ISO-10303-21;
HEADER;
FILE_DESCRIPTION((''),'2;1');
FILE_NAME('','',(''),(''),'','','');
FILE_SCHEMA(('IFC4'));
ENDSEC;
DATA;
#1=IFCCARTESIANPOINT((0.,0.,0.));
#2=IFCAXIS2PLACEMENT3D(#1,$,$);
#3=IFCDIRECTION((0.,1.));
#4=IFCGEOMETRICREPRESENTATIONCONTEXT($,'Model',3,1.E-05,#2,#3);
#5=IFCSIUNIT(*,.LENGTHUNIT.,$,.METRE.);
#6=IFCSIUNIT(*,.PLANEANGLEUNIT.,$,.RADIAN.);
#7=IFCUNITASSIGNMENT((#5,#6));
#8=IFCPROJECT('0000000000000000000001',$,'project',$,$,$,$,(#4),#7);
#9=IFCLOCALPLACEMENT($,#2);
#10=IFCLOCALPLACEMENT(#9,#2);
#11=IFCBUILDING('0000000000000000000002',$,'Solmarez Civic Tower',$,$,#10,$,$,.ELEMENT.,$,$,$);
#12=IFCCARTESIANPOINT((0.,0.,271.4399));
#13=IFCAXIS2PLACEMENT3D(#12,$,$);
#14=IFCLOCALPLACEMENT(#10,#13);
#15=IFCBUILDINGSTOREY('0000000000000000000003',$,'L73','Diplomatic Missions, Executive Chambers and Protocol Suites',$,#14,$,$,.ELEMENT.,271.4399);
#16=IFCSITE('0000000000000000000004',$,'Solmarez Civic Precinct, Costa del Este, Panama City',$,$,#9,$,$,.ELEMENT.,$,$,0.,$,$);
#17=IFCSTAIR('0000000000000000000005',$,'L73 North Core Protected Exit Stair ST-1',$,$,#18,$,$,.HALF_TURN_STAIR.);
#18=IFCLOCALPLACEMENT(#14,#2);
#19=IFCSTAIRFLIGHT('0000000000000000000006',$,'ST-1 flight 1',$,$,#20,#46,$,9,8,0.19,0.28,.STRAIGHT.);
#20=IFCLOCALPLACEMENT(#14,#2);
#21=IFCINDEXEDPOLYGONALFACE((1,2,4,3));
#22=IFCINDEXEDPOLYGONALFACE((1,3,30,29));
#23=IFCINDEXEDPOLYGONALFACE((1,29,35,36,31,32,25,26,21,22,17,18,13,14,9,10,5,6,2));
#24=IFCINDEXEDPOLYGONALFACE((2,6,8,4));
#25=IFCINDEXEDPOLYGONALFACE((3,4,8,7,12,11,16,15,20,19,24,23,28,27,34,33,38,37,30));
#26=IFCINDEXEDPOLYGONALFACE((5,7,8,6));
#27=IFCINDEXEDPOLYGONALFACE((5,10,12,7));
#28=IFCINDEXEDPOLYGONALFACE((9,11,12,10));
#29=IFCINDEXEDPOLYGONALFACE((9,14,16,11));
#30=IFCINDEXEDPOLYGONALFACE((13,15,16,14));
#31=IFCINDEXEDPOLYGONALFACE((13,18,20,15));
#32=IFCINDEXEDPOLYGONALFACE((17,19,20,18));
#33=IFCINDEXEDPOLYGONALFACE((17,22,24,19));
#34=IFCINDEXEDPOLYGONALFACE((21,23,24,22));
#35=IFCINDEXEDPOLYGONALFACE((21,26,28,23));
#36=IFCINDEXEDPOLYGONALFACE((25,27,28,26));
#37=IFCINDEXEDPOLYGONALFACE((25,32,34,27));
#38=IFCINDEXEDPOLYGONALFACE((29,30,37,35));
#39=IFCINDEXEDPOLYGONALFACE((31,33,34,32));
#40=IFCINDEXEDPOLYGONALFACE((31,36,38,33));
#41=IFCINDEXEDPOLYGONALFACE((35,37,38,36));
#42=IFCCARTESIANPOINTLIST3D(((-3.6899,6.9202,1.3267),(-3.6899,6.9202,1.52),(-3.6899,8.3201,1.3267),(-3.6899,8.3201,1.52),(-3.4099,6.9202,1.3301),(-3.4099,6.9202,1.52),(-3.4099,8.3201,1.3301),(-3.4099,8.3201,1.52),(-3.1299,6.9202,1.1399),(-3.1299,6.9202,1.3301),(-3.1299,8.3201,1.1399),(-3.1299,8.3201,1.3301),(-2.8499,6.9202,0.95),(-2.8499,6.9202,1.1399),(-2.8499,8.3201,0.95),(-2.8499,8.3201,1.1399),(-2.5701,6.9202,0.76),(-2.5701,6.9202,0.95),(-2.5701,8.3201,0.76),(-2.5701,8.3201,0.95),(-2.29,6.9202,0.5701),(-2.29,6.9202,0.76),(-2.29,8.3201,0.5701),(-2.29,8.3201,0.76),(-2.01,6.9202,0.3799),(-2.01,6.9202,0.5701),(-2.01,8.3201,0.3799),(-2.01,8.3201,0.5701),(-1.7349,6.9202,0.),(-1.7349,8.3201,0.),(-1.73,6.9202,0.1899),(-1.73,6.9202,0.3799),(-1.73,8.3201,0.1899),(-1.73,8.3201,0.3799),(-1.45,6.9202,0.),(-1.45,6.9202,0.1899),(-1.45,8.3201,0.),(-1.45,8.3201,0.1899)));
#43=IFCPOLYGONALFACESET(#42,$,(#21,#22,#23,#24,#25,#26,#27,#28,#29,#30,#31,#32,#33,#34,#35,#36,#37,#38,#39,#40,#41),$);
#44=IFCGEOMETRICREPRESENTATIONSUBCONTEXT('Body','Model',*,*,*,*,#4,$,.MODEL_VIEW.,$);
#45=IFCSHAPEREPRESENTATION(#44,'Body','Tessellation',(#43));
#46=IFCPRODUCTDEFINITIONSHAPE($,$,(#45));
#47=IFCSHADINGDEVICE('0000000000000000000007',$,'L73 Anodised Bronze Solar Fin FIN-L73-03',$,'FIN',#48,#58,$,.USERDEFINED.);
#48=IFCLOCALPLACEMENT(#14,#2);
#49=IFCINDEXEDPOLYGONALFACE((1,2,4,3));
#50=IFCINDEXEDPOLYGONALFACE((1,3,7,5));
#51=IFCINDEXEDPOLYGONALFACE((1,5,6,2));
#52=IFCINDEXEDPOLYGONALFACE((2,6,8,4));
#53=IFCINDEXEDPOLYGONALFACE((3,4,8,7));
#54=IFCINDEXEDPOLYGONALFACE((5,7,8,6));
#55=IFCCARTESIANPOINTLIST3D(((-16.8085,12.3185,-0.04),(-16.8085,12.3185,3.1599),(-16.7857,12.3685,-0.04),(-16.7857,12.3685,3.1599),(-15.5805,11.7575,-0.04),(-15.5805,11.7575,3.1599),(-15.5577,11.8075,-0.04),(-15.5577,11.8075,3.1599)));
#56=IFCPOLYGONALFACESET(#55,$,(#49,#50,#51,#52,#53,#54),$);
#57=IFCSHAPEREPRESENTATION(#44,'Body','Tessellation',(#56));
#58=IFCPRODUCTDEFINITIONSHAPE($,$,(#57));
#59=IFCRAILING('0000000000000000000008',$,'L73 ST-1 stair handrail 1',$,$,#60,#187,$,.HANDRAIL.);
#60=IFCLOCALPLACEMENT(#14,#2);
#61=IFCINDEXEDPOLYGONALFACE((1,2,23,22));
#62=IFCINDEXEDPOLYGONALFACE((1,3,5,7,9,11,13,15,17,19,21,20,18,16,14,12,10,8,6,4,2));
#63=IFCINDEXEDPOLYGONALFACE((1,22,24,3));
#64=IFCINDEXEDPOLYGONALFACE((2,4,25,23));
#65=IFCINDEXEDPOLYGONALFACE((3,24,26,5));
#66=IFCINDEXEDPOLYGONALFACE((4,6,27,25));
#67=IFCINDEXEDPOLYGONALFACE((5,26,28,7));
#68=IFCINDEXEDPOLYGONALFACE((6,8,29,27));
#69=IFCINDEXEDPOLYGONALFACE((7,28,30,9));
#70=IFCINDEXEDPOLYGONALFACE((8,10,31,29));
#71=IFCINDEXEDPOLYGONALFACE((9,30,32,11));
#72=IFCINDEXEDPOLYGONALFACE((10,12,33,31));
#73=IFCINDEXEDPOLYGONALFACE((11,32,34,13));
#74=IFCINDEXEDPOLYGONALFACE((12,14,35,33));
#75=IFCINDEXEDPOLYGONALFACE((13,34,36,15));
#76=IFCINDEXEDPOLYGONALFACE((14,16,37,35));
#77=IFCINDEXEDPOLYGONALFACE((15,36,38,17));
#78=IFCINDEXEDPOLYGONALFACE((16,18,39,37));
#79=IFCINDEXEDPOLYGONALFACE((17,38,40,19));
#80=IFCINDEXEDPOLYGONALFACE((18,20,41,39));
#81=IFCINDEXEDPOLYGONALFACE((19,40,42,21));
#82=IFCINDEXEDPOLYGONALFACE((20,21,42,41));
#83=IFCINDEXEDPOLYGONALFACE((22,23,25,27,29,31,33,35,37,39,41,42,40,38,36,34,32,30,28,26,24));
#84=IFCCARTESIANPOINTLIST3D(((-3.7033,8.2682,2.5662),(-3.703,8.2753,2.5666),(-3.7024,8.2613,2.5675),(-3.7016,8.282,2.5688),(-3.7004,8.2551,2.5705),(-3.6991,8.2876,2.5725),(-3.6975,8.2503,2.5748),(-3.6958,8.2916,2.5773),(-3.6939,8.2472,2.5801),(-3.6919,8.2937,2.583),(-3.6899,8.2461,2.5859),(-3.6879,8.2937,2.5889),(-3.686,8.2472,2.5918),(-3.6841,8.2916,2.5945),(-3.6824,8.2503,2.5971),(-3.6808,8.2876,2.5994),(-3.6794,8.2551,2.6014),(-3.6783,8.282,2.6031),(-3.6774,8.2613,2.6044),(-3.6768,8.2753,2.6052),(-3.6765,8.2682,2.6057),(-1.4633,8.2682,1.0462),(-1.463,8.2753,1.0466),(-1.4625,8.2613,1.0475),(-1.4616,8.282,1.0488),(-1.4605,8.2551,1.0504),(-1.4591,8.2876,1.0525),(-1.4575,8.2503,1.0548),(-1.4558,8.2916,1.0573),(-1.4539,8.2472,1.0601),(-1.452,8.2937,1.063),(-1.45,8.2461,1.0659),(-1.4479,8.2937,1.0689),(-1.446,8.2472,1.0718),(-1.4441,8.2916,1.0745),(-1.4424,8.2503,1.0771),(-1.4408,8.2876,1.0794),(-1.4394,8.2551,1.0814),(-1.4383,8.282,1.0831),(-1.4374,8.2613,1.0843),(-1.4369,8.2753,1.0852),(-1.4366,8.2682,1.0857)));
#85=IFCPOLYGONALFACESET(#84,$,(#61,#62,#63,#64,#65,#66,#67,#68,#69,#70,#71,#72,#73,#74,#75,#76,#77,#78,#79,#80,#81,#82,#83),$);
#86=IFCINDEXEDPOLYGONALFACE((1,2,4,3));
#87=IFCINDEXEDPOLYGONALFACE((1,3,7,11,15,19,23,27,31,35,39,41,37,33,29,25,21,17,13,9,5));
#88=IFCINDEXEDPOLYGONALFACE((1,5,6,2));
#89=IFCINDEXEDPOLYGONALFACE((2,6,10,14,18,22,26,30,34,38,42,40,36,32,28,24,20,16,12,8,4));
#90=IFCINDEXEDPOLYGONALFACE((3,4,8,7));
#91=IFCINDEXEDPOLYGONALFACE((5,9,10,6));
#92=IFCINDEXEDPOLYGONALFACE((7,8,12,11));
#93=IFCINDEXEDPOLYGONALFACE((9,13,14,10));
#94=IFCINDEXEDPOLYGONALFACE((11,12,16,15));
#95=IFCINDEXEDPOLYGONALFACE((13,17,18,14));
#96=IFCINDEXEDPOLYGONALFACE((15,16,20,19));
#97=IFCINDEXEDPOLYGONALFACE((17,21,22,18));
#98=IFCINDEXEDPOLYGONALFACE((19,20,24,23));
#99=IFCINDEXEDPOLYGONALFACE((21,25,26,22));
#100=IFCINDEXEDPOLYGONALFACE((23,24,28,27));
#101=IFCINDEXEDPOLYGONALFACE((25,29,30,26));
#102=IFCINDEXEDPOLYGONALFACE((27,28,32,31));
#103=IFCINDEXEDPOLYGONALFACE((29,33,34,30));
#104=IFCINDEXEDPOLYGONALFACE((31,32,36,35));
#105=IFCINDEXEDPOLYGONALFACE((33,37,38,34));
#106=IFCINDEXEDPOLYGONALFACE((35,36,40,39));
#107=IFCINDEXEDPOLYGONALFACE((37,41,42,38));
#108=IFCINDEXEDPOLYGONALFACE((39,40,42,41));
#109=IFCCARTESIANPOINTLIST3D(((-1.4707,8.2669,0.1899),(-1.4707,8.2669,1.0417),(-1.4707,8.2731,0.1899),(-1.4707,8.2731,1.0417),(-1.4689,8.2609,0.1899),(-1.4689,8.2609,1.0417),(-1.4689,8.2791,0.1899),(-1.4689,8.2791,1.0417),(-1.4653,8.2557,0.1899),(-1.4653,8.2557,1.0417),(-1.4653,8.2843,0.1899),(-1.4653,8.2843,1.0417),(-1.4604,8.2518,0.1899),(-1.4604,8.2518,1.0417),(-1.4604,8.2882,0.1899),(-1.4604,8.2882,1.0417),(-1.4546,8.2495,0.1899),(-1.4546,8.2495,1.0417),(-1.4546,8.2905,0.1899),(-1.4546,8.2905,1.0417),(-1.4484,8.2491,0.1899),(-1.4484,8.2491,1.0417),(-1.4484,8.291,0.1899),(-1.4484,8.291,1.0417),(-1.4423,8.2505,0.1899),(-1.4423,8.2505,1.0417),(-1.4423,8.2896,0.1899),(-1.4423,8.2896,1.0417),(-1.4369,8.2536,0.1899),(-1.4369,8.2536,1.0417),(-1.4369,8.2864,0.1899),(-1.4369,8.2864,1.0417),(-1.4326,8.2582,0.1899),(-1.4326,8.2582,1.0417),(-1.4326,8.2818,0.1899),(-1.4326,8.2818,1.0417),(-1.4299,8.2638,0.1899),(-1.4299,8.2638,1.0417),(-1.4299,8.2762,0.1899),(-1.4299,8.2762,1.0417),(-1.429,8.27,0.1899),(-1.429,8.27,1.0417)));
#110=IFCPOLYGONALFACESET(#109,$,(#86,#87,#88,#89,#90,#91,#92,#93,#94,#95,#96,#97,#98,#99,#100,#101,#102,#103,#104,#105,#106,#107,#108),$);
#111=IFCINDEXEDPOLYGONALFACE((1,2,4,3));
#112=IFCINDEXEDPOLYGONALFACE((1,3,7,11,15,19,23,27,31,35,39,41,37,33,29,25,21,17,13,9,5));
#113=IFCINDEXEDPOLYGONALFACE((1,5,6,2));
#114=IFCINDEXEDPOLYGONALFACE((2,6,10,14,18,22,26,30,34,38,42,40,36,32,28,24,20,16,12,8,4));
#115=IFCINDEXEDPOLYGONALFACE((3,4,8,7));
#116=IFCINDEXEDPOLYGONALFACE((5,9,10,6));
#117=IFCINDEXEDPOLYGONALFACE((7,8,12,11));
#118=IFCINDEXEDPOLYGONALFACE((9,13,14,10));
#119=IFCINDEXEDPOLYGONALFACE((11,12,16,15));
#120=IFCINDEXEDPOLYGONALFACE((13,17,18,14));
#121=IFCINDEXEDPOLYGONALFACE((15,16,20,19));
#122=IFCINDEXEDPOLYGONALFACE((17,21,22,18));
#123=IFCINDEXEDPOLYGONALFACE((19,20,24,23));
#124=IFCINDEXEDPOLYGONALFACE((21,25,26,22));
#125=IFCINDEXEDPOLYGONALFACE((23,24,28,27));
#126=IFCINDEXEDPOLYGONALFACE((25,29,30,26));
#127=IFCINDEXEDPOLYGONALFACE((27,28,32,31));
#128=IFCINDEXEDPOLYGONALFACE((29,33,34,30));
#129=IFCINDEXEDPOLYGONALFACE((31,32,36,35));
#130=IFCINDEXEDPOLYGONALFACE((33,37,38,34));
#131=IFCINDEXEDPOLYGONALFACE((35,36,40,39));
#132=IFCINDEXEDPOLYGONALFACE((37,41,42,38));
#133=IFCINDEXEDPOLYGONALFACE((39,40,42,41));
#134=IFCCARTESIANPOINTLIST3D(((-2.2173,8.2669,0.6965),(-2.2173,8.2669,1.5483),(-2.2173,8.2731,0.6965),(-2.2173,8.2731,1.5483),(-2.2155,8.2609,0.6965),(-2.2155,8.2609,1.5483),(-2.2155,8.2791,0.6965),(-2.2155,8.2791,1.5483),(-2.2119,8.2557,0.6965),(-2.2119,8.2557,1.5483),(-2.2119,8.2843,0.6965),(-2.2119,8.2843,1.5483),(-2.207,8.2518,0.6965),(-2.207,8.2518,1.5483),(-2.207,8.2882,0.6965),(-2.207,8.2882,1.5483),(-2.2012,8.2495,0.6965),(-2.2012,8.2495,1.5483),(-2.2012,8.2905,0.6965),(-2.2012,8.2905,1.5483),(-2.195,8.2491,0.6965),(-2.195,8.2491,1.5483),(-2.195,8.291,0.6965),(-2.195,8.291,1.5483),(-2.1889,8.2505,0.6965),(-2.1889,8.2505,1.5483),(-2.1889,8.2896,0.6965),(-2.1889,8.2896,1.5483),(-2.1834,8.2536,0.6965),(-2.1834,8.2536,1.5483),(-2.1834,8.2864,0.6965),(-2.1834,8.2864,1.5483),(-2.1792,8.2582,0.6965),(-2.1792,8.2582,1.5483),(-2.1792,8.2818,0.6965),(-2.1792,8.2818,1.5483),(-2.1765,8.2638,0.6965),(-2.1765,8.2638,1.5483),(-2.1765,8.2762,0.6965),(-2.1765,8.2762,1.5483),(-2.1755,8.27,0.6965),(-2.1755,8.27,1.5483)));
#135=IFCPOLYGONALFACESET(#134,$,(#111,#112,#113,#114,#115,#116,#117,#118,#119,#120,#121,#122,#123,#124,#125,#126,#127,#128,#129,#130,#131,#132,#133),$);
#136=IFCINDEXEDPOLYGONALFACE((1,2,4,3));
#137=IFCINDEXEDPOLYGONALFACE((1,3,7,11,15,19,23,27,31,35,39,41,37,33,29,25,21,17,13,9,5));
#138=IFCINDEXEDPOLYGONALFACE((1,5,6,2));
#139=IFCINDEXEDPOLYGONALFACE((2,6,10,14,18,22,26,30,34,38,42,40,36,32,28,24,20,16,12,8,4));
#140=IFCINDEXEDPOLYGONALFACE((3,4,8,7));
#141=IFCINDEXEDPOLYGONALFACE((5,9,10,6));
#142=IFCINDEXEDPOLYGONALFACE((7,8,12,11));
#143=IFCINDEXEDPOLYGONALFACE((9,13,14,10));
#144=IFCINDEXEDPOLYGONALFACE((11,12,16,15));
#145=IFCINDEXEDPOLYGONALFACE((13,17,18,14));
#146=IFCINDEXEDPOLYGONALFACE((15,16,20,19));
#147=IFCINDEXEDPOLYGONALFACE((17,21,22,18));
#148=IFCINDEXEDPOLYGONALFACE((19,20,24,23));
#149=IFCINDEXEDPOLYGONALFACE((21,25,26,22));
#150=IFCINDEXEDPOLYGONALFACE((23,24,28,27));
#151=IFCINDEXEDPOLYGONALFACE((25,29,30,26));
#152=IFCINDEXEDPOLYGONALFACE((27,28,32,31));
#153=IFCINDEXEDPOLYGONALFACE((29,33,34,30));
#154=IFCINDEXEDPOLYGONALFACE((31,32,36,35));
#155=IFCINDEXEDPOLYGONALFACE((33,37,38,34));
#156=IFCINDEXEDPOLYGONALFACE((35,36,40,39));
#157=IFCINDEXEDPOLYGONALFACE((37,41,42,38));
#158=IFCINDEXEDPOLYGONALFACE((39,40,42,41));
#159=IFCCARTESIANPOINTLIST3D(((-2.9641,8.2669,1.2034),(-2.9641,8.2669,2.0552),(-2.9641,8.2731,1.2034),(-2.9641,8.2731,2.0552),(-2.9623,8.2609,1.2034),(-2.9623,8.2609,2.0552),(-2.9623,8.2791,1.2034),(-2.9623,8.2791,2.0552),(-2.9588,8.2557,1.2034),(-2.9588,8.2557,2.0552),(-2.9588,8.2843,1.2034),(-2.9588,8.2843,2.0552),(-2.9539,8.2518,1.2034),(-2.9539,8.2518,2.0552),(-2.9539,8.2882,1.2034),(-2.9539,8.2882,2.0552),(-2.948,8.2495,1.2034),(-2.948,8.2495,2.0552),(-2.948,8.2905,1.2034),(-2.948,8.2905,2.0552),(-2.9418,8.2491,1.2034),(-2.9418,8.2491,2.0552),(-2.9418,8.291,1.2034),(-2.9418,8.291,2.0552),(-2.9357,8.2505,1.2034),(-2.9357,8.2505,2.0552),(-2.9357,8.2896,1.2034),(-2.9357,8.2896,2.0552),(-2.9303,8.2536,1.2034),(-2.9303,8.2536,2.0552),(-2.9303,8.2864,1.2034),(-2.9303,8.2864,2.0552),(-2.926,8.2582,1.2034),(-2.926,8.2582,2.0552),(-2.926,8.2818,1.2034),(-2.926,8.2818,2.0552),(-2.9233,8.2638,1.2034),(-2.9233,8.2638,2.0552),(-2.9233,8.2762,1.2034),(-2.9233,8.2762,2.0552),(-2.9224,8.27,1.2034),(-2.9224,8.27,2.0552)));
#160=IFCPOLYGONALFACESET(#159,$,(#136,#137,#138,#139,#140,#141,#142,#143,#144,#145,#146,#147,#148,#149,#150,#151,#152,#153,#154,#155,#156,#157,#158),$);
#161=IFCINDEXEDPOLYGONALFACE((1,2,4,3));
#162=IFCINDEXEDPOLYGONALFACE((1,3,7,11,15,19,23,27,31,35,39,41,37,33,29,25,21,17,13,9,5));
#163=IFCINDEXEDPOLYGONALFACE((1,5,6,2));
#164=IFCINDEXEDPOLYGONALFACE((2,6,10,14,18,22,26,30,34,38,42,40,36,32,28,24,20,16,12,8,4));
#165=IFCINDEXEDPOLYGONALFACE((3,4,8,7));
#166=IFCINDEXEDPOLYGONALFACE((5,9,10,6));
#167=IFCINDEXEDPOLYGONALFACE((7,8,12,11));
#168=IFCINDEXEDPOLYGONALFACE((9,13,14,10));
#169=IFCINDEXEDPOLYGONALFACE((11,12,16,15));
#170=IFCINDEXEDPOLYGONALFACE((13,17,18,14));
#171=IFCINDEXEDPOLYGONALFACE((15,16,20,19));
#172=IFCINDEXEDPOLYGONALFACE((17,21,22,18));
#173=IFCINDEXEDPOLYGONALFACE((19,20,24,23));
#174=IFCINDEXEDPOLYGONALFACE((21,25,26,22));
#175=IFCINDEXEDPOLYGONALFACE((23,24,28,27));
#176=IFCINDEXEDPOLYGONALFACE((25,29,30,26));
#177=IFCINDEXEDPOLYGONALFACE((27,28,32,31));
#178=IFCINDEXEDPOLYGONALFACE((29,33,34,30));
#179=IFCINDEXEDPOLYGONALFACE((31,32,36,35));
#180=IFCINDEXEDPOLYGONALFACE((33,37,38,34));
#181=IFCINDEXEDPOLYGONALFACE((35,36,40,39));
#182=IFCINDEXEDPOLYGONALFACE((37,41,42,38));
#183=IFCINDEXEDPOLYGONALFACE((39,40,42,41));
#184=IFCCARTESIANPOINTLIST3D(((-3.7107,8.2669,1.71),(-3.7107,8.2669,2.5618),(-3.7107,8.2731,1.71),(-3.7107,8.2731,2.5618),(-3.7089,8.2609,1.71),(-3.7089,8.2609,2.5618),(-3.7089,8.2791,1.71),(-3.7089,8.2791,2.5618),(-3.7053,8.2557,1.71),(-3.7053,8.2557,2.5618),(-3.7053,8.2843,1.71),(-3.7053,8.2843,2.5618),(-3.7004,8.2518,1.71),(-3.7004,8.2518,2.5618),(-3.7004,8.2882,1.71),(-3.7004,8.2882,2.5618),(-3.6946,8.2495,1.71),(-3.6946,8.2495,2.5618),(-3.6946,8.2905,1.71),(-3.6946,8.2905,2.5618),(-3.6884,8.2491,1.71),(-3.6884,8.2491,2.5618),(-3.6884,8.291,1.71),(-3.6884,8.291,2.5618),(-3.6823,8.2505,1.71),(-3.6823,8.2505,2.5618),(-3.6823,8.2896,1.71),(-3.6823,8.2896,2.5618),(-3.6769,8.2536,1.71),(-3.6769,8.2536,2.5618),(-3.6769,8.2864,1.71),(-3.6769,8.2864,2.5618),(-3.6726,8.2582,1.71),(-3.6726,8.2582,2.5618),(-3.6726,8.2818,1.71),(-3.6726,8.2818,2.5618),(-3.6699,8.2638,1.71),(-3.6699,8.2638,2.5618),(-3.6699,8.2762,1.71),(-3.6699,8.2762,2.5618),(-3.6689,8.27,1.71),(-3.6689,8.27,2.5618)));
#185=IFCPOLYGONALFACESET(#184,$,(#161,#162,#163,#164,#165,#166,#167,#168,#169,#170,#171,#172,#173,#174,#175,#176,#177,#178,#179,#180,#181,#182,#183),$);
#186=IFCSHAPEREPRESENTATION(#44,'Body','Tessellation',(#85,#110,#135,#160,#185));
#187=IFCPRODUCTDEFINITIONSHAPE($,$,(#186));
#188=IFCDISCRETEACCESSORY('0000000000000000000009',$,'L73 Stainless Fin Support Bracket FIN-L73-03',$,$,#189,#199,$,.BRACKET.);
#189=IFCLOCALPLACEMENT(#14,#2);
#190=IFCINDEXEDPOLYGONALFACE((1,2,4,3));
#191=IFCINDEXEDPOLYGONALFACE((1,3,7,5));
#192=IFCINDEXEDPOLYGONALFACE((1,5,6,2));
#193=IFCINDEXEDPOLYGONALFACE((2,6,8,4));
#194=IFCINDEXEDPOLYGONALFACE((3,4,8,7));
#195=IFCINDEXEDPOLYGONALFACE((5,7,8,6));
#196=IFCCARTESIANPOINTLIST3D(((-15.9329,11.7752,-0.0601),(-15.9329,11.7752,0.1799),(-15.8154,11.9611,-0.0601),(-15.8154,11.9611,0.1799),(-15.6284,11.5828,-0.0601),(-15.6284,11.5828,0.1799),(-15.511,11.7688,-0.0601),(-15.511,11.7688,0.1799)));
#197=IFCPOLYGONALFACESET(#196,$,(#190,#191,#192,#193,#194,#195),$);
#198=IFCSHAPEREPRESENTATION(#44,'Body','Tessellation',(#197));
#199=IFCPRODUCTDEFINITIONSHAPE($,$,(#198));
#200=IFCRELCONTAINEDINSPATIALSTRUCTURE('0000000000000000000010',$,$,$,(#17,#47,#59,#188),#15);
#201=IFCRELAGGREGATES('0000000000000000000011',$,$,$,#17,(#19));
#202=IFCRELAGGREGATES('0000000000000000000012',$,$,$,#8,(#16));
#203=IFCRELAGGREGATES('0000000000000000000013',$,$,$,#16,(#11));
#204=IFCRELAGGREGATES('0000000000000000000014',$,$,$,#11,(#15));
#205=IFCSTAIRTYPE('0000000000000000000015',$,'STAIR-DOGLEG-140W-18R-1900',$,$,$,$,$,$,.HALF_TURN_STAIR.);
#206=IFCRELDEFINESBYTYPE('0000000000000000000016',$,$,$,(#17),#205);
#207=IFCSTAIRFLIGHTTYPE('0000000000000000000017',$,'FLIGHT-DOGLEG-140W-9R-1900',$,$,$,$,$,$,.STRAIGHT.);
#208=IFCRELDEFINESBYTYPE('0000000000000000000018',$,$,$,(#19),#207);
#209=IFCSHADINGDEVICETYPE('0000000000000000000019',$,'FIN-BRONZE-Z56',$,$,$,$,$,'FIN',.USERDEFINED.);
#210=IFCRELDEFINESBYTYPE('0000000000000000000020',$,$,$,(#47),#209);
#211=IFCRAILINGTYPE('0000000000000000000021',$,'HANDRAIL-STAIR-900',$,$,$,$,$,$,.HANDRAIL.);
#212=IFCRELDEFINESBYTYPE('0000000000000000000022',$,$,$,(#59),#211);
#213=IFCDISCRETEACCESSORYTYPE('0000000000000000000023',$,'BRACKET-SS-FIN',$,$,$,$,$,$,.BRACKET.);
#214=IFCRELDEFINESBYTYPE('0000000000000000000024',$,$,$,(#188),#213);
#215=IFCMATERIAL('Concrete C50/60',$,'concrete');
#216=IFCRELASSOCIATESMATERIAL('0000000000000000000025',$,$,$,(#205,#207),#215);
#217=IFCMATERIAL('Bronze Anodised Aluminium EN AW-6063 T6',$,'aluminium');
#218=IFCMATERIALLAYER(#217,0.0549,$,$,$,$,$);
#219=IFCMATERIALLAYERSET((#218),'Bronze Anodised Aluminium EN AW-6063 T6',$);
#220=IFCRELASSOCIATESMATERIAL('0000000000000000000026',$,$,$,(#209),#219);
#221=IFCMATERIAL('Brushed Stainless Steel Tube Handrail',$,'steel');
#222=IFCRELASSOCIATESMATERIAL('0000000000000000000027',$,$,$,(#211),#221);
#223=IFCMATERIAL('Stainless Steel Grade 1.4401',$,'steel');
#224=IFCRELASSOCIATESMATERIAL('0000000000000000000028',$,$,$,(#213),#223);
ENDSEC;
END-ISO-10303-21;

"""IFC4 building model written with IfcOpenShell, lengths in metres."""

from ifc_helpers import new_model, si_unit, direction, frame, origin, origin_2d, place, context, subcontext, project, spatial, polyline, rectangle, circle, outline, extrude, material, layer, layer_set, type_object, element, aggregate, save


model = new_model("IFC4")

# Units and contexts
model_context = context("Model", 3, precision=1e-05, world=origin(), true_north=direction((0.0, 1.0)))
body_context = subcontext(model_context, "Body", "Model", "MODEL_VIEW")
ifc_project = project(units=[si_unit("LENGTHUNIT", "METRE"), si_unit("PLANEANGLEUNIT", "RADIAN")], contexts=[model_context])

# Site, building, storey
site_placement = place(None, origin())
site = spatial("IfcSite", under=ifc_project, at=site_placement, Name="Solmarez Civic Precinct, Costa del Este, Panama City", CompositionType="ELEMENT", RefElevation=0.0)
building_placement = place(site_placement, origin())
building = spatial("IfcBuilding", under=site, at=building_placement, Name="Solmarez Civic Tower", CompositionType="ELEMENT")
storey_placement = place(building_placement, frame((0.0, 0.0, 271.4399)))
storey = spatial("IfcBuildingStorey", under=building, at=storey_placement, Name="L73", Description="Diplomatic Missions, Executive Chambers and Protocol Suites", CompositionType="ELEMENT", Elevation=271.4399)

# Shared definitions
ifc_material_1 = material(Name="Concrete C50/60", Category="concrete")

# Stair, stair flight
stair_type = type_object("IfcStairType", Name="STAIR-DOGLEG-140W-18R-1900", PredefinedType="HALF_TURN_STAIR", material=ifc_material_1)
stair_placement = place(storey_placement, origin())
stair = element("IfcStair", 1, at=stair_placement, inside=storey, type_object=stair_type, Name="L73 North Core Protected Exit Stair ST-1", PredefinedType="HALF_TURN_STAIR")
stair_flight_type = type_object("IfcStairFlightType", Name="FLIGHT-DOGLEG-140W-9R-1900", PredefinedType="STRAIGHT", material=ifc_material_1)
stair_flight_placement = place(storey_placement, frame((-1.45, 7.6201, 0.0), z_axis=(0.0, 0.0, 1.0), x_axis=(-1.0, 0.0, 0.0)))
stair_flight = element("IfcStairFlight", 2, at=stair_flight_placement, type_object=stair_flight_type, Name="ST-1 flight 1", NumberOfRisers=9, NumberOfTreads=8, PredefinedType="STRAIGHT", RiserHeight=0.19, TreadLength=0.28, context=body_context, shape_type="SweptSolid", body=[
    extrude(outline(polyline([(0.0, 0.0), (0.0, 0.1899), (0.28, 0.1899), (0.28, 0.3799), (0.5601, 0.3799), (0.5601, 0.5701), (0.8401, 0.5701), (0.8401, 0.76), (1.1201, 0.76), (1.1201, 0.95), (1.3999, 0.95), (1.3999, 1.1399), (1.6799, 1.1399), (1.6799, 1.3301), (1.96, 1.3301), (1.96, 1.52), (2.24, 1.52), (2.24, 1.71), (2.24, 1.3267), (0.2849, 0.0), (0.0, 0.0)])), frame((0.0, 0.7, 0.0), z_axis=(0.0, -1.0, 0.0), x_axis=(1.0, 0.0, 0.0)), (0.0, 0.0, 1.0), 1.3999),
])
aggregate(stair, [stair_flight])

# Shading device
ifc_material_2 = material(Name="Bronze Anodised Aluminium EN AW-6063 T6", Category="aluminium")
ifc_layer_1 = layer(ifc_material_2, 0.0549)
ifc_layer_set_1 = layer_set([ifc_layer_1], Name="Bronze Anodised Aluminium EN AW-6063 T6")
shading_device_type = type_object("IfcShadingDeviceType", Name="FIN-BRONZE-Z56", ElementType="FIN", PredefinedType="USERDEFINED", material=ifc_layer_set_1)
shading_device_placement = place(storey_placement, frame((-16.1831, 12.063, -0.04), z_axis=(0.0, 0.0, 1.0), x_axis=(-0.909585, 0.415519, 0.0)))
element("IfcShadingDevice", 3, at=shading_device_placement, inside=storey, type_object=shading_device_type, Name="L73 Anodised Bronze Solar Fin FIN-L73-03", ObjectType="FIN", PredefinedType="USERDEFINED", context=body_context, shape_type="SweptSolid", body=[
    extrude(rectangle(XDim=1.3501, YDim=0.0549, at=origin_2d()), origin(), (0.0, 0.0, 1.0), 3.2),
])

# Railing
ifc_material_3 = material(Name="Brushed Stainless Steel Tube Handrail", Category="steel")
railing_type = type_object("IfcRailingType", Name="HANDRAIL-STAIR-900", PredefinedType="HANDRAIL", material=ifc_material_3)
railing_placement = place(storey_placement, frame((-1.45, 8.27, 0.1899)))
element("IfcRailing", 4, at=railing_placement, inside=storey, type_object=railing_type, Name="L73 ST-1 stair handrail 1", PredefinedType="HANDRAIL", context=body_context, shape_type="SweptSolid", body=[
    extrude(circle(Radius=0.0239, at=origin_2d()), frame((0.0, 0.0, 0.876), z_axis=(-0.827471, 0.0, 0.561508), x_axis=(0.0, -1.0, 0.0)), (0.0, 0.0, 1.0), 2.707),
    extrude(circle(Radius=0.021, at=origin_2d()), origin(), (0.0, 0.0, 1.0), 0.8518),
    extrude(circle(Radius=0.021, at=origin_2d()), frame((-0.7466, 0.0, 0.5066)), (0.0, 0.0, 1.0), 0.8518),
    extrude(circle(Radius=0.021, at=origin_2d()), frame((-1.4934, 0.0, 1.0134)), (0.0, 0.0, 1.0), 0.8518),
    extrude(circle(Radius=0.021, at=origin_2d()), frame((-2.24, 0.0, 1.52)), (0.0, 0.0, 1.0), 0.8518),
])

# Discrete accessory
ifc_material_4 = material(Name="Stainless Steel Grade 1.4401", Category="steel")
discrete_accessory_type = type_object("IfcDiscreteAccessoryType", Name="BRACKET-SS-FIN", PredefinedType="BRACKET", material=ifc_material_4)
discrete_accessory_placement = place(storey_placement, frame((-15.7219, 11.772, -0.0601), z_axis=(0.0, 0.0, 1.0), x_axis=(-0.84542, 0.534102, 0.0)))
element("IfcDiscreteAccessory", 5, at=discrete_accessory_placement, inside=storey, type_object=discrete_accessory_type, Name="L73 Stainless Fin Support Bracket FIN-L73-03", PredefinedType="BRACKET", context=body_context, shape_type="SweptSolid", body=[
    extrude(rectangle(XDim=0.3601, YDim=0.22, at=origin_2d()), origin(), (0.0, 0.0, 1.0), 0.24),
])

save(model, "model.ifc")
